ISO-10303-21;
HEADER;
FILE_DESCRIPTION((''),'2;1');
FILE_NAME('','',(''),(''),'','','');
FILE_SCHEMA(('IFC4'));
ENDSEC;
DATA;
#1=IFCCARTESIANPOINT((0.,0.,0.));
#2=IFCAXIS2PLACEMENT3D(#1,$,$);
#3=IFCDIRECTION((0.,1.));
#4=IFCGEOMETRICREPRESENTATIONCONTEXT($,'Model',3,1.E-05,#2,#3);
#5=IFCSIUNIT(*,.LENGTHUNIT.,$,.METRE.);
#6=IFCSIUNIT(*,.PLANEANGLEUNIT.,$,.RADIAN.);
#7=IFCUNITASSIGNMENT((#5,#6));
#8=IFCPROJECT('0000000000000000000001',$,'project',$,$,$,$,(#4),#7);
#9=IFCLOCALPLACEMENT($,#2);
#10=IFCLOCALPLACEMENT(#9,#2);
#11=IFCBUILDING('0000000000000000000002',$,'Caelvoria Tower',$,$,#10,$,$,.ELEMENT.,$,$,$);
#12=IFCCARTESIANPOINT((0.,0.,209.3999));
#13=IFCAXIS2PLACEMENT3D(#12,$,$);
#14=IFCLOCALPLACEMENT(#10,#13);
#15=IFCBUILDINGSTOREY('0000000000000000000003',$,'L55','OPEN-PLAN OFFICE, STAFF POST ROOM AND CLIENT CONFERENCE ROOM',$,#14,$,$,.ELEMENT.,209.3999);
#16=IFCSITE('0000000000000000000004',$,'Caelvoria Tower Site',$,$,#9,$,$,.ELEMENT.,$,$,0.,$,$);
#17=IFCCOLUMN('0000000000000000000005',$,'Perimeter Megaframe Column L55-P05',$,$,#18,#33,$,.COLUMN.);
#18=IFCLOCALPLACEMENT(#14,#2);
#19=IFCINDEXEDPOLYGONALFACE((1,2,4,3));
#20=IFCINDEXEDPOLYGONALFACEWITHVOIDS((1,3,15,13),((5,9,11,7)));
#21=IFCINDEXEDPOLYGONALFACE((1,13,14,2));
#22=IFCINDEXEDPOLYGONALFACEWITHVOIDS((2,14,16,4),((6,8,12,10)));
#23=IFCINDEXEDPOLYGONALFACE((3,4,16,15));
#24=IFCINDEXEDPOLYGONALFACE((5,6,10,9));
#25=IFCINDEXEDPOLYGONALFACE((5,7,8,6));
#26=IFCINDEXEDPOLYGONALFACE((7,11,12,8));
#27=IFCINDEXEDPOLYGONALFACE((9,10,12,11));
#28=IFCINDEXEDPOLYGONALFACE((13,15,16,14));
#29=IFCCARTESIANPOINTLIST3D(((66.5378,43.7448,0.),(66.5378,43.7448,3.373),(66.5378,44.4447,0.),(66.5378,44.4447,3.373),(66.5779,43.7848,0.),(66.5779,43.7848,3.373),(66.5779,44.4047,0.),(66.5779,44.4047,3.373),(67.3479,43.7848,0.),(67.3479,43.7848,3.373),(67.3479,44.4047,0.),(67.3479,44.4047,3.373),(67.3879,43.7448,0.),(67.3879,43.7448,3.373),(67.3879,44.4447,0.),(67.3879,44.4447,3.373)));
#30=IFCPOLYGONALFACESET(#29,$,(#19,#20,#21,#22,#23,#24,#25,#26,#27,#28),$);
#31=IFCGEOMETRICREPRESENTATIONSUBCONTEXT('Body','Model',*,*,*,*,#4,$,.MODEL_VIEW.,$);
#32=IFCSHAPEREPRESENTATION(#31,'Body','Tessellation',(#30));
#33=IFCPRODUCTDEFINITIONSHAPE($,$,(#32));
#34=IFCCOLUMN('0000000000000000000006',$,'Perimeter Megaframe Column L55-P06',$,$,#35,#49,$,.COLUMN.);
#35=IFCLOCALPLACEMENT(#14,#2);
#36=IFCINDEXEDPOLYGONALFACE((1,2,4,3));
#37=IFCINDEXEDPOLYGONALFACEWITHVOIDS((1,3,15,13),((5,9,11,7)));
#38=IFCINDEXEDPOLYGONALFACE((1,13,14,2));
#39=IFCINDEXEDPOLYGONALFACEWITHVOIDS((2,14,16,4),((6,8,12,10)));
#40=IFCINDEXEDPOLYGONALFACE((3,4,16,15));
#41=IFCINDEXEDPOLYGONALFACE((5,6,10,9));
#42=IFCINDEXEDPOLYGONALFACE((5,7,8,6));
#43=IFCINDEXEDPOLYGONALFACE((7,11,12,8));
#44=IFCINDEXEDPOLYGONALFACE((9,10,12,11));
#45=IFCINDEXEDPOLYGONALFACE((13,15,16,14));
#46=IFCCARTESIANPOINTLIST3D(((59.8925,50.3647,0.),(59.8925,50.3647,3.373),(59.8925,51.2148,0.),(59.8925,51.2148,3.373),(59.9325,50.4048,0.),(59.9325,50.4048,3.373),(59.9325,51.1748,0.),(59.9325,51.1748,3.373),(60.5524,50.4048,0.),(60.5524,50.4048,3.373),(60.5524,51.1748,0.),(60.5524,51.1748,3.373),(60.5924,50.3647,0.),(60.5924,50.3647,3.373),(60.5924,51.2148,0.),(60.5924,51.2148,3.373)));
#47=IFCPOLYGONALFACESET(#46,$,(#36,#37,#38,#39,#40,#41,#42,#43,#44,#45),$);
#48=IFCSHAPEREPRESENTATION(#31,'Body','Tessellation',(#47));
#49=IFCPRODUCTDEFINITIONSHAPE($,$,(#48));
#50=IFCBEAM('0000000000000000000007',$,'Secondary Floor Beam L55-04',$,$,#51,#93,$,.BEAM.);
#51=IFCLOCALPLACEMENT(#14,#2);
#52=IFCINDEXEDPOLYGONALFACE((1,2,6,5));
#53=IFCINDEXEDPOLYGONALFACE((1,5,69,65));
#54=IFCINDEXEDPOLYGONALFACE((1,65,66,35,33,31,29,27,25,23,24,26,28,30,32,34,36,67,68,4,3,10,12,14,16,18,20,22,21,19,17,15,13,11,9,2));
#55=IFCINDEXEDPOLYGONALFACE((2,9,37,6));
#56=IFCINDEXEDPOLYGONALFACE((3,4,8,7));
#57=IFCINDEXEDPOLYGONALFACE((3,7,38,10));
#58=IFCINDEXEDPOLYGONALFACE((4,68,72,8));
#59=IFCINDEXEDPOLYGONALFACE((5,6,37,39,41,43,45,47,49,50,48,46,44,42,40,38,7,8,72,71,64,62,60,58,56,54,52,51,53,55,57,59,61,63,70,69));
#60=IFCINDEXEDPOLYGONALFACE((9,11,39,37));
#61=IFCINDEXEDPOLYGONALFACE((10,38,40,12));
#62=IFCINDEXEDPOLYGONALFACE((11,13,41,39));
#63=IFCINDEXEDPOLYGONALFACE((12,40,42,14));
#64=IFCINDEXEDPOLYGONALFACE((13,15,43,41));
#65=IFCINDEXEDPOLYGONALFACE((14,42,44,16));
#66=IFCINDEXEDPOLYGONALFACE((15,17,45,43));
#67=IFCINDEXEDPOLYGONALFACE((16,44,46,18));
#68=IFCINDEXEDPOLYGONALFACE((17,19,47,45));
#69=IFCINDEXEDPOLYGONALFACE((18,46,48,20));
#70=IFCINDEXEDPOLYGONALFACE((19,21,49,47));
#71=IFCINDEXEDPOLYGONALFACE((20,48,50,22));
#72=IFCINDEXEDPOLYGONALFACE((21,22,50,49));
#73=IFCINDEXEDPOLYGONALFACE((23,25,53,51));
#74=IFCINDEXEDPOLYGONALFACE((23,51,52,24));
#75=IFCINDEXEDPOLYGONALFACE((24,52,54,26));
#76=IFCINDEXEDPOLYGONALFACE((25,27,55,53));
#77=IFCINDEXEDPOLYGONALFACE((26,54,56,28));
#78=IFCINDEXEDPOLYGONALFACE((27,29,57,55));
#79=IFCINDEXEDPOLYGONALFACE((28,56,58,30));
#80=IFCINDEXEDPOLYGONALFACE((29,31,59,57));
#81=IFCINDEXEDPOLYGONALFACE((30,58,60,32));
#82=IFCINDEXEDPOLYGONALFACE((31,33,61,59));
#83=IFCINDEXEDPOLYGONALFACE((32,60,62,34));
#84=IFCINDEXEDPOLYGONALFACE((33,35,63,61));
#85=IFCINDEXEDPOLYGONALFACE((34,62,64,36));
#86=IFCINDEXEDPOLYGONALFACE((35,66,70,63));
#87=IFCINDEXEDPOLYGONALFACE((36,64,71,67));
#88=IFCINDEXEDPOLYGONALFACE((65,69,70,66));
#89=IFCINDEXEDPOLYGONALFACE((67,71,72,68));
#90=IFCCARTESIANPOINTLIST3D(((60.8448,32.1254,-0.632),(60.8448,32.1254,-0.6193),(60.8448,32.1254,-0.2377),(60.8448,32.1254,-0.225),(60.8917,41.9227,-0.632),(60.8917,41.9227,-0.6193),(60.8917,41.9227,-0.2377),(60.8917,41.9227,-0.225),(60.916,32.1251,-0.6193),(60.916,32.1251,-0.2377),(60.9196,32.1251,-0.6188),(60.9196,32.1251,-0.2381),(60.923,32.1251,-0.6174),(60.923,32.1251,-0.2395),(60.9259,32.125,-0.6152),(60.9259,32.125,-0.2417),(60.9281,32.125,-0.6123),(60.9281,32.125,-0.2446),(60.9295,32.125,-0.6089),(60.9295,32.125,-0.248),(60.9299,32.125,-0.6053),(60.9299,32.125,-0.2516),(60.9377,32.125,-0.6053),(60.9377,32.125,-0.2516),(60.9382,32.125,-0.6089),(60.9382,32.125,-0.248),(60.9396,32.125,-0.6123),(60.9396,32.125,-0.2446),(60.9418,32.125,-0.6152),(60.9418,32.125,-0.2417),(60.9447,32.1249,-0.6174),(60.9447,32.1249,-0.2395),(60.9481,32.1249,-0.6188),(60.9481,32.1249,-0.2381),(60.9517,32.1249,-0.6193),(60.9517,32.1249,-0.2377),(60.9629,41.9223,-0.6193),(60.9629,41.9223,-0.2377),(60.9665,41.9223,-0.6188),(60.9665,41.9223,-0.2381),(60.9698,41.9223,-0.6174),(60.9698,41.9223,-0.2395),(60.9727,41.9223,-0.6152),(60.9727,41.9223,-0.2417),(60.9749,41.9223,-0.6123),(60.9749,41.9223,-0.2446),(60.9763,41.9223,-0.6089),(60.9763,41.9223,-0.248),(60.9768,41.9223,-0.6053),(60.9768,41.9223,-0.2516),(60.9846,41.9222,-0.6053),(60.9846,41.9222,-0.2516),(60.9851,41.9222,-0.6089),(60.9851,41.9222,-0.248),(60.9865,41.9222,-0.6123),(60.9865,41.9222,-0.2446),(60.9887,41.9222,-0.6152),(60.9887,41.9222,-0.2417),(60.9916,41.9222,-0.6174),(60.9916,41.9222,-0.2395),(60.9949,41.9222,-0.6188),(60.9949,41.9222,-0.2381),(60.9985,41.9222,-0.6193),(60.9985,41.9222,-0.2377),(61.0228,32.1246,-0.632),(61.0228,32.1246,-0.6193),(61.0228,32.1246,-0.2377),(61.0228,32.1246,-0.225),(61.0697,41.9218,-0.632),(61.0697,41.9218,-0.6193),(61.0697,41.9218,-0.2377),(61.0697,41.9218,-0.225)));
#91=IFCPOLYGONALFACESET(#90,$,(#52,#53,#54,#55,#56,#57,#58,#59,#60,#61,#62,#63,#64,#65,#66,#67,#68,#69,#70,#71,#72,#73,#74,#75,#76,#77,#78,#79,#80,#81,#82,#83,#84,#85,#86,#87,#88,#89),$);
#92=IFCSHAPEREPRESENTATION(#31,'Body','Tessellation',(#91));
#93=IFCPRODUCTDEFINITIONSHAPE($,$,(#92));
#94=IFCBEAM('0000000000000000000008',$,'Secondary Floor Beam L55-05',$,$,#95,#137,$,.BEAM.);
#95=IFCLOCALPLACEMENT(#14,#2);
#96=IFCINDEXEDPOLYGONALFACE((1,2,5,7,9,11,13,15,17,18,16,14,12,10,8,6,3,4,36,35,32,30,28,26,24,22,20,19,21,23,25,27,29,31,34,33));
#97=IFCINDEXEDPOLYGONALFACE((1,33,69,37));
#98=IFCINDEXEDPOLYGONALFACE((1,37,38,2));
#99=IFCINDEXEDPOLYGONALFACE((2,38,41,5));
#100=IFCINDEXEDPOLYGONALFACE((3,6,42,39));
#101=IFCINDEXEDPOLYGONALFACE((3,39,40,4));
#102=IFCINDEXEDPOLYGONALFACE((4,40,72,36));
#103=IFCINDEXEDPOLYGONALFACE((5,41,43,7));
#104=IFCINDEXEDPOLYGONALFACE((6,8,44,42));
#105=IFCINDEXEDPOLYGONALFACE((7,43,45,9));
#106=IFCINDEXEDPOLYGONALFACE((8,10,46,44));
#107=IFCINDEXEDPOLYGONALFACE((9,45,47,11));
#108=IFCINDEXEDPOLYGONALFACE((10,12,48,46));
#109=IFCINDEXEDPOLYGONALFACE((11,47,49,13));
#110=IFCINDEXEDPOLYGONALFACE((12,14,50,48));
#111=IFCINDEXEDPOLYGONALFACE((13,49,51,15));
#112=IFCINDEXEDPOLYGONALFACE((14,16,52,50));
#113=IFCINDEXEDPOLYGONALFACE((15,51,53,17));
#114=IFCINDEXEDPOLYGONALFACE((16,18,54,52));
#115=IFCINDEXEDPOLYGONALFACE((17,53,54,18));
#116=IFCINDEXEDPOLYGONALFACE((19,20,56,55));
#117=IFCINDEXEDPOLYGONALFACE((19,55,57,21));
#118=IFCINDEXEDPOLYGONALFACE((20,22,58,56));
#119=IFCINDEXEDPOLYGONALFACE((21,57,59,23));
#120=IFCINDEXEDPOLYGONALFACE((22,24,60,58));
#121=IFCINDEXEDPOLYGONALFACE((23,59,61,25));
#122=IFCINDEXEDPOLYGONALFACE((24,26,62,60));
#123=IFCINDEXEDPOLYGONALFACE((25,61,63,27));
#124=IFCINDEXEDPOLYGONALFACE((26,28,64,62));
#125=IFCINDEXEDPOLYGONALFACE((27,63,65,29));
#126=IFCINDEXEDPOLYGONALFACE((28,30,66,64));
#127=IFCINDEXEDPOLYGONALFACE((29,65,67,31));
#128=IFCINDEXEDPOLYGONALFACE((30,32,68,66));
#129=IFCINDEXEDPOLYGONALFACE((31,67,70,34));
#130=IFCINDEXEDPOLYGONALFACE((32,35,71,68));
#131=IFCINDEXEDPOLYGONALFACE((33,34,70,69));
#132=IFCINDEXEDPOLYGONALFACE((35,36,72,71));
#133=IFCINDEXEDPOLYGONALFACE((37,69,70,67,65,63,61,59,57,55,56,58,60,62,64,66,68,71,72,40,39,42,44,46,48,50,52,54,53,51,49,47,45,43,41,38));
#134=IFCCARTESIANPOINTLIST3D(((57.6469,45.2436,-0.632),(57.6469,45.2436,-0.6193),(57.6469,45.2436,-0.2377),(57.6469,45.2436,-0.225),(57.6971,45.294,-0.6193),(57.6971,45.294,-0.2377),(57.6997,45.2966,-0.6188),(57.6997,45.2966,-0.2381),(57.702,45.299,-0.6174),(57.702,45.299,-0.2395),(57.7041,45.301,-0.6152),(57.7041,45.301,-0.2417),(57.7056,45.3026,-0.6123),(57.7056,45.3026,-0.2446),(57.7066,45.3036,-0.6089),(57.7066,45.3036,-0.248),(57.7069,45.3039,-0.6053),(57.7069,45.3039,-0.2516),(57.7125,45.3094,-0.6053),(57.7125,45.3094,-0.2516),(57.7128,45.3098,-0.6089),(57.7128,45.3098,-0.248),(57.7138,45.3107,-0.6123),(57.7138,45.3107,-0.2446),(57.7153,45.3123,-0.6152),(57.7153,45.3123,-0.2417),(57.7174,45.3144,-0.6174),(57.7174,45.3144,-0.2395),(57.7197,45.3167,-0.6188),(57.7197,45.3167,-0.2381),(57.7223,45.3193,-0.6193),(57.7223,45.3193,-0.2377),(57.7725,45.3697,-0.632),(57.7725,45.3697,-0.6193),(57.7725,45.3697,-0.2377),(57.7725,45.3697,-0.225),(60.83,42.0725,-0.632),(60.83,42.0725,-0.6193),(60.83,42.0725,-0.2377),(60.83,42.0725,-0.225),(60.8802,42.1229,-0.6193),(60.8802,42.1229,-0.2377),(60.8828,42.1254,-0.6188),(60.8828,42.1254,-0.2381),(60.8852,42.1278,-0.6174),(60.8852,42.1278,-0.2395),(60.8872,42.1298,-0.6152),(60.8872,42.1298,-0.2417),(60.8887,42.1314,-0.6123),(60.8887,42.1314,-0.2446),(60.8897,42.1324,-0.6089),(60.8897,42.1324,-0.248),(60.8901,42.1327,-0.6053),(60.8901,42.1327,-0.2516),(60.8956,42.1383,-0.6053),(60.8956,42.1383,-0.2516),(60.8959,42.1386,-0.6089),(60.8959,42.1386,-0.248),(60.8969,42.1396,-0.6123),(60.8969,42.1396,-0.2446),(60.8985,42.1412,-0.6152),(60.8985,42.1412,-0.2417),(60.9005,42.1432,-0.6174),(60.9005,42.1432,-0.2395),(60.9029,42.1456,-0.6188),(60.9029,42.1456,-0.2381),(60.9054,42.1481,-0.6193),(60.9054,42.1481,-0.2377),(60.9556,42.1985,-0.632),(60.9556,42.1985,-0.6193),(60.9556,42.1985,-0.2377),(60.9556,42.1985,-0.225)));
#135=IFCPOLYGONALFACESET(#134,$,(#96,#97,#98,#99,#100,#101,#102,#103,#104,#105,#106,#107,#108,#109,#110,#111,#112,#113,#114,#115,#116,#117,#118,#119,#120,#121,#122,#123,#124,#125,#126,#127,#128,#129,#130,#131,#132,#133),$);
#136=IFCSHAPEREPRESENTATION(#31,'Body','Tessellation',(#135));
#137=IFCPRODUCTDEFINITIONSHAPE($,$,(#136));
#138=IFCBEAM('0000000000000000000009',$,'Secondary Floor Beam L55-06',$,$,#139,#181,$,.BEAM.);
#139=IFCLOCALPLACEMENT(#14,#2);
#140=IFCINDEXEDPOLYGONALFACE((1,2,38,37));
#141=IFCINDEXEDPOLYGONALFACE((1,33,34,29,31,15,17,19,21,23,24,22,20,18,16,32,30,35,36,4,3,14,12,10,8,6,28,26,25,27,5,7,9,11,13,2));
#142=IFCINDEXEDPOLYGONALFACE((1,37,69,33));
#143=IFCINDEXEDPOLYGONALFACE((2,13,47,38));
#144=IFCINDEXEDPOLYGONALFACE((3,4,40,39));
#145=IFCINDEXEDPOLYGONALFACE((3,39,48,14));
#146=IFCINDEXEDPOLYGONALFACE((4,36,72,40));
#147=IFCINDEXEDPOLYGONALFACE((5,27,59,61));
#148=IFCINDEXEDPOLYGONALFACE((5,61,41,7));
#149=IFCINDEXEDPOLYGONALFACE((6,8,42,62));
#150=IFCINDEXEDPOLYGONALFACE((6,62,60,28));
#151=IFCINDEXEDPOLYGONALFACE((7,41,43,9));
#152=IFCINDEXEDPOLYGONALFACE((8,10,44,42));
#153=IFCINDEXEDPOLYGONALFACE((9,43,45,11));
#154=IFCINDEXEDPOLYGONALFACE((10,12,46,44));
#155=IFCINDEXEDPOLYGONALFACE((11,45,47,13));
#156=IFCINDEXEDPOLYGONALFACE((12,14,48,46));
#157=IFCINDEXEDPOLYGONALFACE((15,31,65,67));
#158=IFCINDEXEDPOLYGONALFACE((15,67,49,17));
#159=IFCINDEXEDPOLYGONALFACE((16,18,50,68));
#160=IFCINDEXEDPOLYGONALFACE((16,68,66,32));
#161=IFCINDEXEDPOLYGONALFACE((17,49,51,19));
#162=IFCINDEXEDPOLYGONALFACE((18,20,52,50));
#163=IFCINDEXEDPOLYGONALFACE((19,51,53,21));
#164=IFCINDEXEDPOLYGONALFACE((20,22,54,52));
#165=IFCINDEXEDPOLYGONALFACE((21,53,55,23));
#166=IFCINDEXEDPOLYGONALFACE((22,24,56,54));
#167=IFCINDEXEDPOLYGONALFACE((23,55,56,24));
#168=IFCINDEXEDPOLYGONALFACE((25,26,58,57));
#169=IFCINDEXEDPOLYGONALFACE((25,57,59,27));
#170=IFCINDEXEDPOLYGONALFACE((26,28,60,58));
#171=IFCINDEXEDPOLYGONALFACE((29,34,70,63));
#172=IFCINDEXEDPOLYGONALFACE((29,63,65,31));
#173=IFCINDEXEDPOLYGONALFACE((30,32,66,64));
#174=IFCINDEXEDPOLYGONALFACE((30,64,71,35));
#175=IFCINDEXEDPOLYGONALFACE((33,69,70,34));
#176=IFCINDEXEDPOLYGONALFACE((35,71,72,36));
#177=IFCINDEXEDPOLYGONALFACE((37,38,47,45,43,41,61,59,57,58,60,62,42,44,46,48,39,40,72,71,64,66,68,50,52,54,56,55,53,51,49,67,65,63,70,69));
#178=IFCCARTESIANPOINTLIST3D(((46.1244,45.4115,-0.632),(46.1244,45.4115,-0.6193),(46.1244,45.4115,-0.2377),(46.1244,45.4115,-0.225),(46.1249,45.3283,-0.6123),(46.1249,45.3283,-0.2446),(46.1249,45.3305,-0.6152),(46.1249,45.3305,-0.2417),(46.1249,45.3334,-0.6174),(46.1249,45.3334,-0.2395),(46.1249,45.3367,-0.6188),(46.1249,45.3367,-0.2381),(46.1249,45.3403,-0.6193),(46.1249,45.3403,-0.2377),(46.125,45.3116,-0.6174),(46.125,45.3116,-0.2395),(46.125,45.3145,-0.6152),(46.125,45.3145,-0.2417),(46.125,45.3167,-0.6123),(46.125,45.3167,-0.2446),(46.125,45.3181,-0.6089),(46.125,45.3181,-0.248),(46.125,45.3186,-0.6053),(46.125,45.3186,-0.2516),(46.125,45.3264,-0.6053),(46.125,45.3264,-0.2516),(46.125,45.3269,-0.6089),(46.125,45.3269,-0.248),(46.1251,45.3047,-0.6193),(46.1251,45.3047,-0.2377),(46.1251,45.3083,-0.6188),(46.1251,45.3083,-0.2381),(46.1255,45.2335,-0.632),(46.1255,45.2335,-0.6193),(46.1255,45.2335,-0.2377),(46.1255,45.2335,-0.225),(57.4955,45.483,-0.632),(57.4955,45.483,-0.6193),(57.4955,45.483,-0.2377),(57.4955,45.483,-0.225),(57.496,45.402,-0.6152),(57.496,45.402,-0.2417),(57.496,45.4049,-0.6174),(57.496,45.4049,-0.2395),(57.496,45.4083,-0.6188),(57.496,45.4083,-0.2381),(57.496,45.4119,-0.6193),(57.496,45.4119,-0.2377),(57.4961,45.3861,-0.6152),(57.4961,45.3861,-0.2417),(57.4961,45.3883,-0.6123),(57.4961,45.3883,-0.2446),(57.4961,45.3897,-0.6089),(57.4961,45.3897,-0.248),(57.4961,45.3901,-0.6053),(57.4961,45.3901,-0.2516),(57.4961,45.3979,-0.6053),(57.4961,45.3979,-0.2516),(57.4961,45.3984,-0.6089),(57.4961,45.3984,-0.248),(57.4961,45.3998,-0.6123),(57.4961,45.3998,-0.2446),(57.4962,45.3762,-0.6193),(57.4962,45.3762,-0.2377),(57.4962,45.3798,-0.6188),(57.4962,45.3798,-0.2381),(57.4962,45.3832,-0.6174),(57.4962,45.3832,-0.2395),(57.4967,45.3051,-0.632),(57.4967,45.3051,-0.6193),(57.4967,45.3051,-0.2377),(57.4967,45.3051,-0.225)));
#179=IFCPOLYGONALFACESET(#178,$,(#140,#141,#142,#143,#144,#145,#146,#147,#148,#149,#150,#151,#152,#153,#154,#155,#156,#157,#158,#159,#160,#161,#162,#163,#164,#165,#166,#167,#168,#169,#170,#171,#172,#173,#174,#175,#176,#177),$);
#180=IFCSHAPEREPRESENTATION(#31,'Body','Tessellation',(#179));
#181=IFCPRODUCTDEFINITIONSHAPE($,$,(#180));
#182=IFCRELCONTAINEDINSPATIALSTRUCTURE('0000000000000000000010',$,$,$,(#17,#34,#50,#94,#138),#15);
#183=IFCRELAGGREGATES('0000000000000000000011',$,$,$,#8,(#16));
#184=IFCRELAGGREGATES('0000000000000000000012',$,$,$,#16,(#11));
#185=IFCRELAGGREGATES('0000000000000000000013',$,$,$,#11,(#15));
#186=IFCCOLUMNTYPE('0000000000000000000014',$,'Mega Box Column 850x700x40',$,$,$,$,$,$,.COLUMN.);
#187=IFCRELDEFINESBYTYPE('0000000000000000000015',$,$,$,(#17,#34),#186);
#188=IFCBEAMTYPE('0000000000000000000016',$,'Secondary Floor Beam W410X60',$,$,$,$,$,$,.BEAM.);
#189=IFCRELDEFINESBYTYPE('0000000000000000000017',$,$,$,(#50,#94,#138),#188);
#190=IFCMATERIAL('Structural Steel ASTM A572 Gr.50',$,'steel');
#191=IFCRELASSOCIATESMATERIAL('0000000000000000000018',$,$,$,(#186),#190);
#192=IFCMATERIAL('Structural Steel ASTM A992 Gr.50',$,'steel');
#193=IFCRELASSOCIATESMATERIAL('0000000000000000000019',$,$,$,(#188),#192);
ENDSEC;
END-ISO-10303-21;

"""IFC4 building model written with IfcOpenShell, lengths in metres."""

from ifc_helpers import new_model, si_unit, direction, frame, origin, origin_2d, place, context, subcontext, project, spatial, hollow_rectangle, i_section, extrude, material, material_profile, profile_set, type_object, element, save


model = new_model("IFC4")

# Units and contexts
model_context = context("Model", 3, precision=1e-05, world=origin(), true_north=direction((0.0, 1.0)))
body_context = subcontext(model_context, "Body", "Model", "MODEL_VIEW")
ifc_project = project(units=[si_unit("LENGTHUNIT", "METRE"), si_unit("PLANEANGLEUNIT", "RADIAN")], contexts=[model_context])

# Site, building, storey
site_placement = place(None, origin())
site = spatial("IfcSite", under=ifc_project, at=site_placement, Name="Caelvoria Tower Site", CompositionType="ELEMENT", RefElevation=0.0)
building_placement = place(site_placement, origin())
building = spatial("IfcBuilding", under=site, at=building_placement, Name="Caelvoria Tower", CompositionType="ELEMENT")
storey_placement = place(building_placement, frame((0.0, 0.0, 209.3999)))
storey = spatial("IfcBuildingStorey", under=building, at=storey_placement, Name="L55", Description="OPEN-PLAN OFFICE, STAFF POST ROOM AND CLIENT CONFERENCE ROOM", CompositionType="ELEMENT", Elevation=209.3999)

# Columns
ifc_material_1 = material(Name="Structural Steel ASTM A572 Gr.50", Category="steel")
ifc_material_profile_1 = material_profile(ifc_material_1, hollow_rectangle(XDim=0.7, YDim=0.8501, WallThickness=0.04, at=origin_2d()), Name="Structural Steel ASTM A572 Gr.50")
ifc_profile_set_1 = profile_set([ifc_material_profile_1], Name="BOX850X700X40 - Structural Steel ASTM A572 Gr.50")
column_type = type_object("IfcColumnType", Name="Mega Box Column 850x700x40", PredefinedType="COLUMN", material=ifc_profile_set_1)
for number, where, z_axis, x_axis, name in (
    (1, (66.9629, 44.0947, 0.0), (0.0, 0.0, 1.0), (0.0, 1.0, 0.0), "Perimeter Megaframe Column L55-P05"),
    (2, (60.2424, 50.7898, 0.0), (0.0, 0.0, 1.0), (1.0, 0.0, 0.0), "Perimeter Megaframe Column L55-P06"),
):
    element("IfcColumn", number, at=place(storey_placement, frame(where, z_axis=z_axis, x_axis=x_axis)), inside=storey, type_object=column_type, Name=name, PredefinedType="COLUMN", context=body_context, shape_type="SweptSolid", body=[
        extrude(hollow_rectangle(XDim=0.7, YDim=0.8501, WallThickness=0.04, at=origin_2d()), origin(), (0.0, 0.0, 1.0), 3.373),
    ])

# Beams
ifc_material_2 = material(Name="Structural Steel ASTM A992 Gr.50", Category="steel")
ifc_material_profile_2 = material_profile(ifc_material_2, i_section(OverallWidth=0.178, OverallDepth=0.407, WebThickness=0.0078, FlangeThickness=0.0127, FilletRadius=0.0139, at=origin_2d()), Name="Structural Steel ASTM A992 Gr.50")
ifc_profile_set_2 = profile_set([ifc_material_profile_2], Name="W410X60 - Structural Steel ASTM A992 Gr.50")
beam_type_1 = type_object("IfcBeamType", Name="Secondary Floor Beam W410X60", PredefinedType="BEAM", material=ifc_profile_set_2)
beam_1_placement = place(storey_placement, frame((60.9338, 32.125, -0.4285), z_axis=(0.004784, 0.999989, 0.0), x_axis=(-0.999989, 0.004784, 0.0)))
element("IfcBeam", 3, at=beam_1_placement, inside=storey, type_object=beam_type_1, Name="Secondary Floor Beam L55-04", PredefinedType="BEAM", context=body_context, shape_type="SweptSolid", body=[
    extrude(i_section(OverallWidth=0.178, OverallDepth=0.407, WebThickness=0.0078, FlangeThickness=0.0127, FilletRadius=0.0139, at=origin_2d()), origin(), (0.0, 0.0, 1.0), 9.7974),
])
beam_2_placement = place(storey_placement, frame((60.8928, 42.1355, -0.4285), z_axis=(-0.708437, 0.705774, 0.0), x_axis=(-0.705774, -0.708437, 0.0)))
element("IfcBeam", 4, at=beam_2_placement, inside=storey, type_object=beam_type_1, Name="Secondary Floor Beam L55-05", PredefinedType="BEAM", context=body_context, shape_type="SweptSolid", body=[
    extrude(i_section(OverallWidth=0.178, OverallDepth=0.407, WebThickness=0.0078, FlangeThickness=0.0127, FilletRadius=0.0139, at=origin_2d()), origin(), (0.0, 0.0, 1.0), 4.4932),
])
beam_3_placement = place(storey_placement, frame((57.4961, 45.394, -0.4285), z_axis=(-0.99998, -0.006291, 0.0), x_axis=(0.006291, -0.99998, 0.0)))
element("IfcBeam", 5, at=beam_3_placement, inside=storey, type_object=beam_type_1, Name="Secondary Floor Beam L55-06", PredefinedType="BEAM", context=body_context, shape_type="SweptSolid", body=[
    extrude(i_section(OverallWidth=0.178, OverallDepth=0.407, WebThickness=0.0078, FlangeThickness=0.0127, FilletRadius=0.0139, at=origin_2d()), origin(), (0.0, 0.0, 1.0), 11.3713),
])

save(model, "model.ifc")
